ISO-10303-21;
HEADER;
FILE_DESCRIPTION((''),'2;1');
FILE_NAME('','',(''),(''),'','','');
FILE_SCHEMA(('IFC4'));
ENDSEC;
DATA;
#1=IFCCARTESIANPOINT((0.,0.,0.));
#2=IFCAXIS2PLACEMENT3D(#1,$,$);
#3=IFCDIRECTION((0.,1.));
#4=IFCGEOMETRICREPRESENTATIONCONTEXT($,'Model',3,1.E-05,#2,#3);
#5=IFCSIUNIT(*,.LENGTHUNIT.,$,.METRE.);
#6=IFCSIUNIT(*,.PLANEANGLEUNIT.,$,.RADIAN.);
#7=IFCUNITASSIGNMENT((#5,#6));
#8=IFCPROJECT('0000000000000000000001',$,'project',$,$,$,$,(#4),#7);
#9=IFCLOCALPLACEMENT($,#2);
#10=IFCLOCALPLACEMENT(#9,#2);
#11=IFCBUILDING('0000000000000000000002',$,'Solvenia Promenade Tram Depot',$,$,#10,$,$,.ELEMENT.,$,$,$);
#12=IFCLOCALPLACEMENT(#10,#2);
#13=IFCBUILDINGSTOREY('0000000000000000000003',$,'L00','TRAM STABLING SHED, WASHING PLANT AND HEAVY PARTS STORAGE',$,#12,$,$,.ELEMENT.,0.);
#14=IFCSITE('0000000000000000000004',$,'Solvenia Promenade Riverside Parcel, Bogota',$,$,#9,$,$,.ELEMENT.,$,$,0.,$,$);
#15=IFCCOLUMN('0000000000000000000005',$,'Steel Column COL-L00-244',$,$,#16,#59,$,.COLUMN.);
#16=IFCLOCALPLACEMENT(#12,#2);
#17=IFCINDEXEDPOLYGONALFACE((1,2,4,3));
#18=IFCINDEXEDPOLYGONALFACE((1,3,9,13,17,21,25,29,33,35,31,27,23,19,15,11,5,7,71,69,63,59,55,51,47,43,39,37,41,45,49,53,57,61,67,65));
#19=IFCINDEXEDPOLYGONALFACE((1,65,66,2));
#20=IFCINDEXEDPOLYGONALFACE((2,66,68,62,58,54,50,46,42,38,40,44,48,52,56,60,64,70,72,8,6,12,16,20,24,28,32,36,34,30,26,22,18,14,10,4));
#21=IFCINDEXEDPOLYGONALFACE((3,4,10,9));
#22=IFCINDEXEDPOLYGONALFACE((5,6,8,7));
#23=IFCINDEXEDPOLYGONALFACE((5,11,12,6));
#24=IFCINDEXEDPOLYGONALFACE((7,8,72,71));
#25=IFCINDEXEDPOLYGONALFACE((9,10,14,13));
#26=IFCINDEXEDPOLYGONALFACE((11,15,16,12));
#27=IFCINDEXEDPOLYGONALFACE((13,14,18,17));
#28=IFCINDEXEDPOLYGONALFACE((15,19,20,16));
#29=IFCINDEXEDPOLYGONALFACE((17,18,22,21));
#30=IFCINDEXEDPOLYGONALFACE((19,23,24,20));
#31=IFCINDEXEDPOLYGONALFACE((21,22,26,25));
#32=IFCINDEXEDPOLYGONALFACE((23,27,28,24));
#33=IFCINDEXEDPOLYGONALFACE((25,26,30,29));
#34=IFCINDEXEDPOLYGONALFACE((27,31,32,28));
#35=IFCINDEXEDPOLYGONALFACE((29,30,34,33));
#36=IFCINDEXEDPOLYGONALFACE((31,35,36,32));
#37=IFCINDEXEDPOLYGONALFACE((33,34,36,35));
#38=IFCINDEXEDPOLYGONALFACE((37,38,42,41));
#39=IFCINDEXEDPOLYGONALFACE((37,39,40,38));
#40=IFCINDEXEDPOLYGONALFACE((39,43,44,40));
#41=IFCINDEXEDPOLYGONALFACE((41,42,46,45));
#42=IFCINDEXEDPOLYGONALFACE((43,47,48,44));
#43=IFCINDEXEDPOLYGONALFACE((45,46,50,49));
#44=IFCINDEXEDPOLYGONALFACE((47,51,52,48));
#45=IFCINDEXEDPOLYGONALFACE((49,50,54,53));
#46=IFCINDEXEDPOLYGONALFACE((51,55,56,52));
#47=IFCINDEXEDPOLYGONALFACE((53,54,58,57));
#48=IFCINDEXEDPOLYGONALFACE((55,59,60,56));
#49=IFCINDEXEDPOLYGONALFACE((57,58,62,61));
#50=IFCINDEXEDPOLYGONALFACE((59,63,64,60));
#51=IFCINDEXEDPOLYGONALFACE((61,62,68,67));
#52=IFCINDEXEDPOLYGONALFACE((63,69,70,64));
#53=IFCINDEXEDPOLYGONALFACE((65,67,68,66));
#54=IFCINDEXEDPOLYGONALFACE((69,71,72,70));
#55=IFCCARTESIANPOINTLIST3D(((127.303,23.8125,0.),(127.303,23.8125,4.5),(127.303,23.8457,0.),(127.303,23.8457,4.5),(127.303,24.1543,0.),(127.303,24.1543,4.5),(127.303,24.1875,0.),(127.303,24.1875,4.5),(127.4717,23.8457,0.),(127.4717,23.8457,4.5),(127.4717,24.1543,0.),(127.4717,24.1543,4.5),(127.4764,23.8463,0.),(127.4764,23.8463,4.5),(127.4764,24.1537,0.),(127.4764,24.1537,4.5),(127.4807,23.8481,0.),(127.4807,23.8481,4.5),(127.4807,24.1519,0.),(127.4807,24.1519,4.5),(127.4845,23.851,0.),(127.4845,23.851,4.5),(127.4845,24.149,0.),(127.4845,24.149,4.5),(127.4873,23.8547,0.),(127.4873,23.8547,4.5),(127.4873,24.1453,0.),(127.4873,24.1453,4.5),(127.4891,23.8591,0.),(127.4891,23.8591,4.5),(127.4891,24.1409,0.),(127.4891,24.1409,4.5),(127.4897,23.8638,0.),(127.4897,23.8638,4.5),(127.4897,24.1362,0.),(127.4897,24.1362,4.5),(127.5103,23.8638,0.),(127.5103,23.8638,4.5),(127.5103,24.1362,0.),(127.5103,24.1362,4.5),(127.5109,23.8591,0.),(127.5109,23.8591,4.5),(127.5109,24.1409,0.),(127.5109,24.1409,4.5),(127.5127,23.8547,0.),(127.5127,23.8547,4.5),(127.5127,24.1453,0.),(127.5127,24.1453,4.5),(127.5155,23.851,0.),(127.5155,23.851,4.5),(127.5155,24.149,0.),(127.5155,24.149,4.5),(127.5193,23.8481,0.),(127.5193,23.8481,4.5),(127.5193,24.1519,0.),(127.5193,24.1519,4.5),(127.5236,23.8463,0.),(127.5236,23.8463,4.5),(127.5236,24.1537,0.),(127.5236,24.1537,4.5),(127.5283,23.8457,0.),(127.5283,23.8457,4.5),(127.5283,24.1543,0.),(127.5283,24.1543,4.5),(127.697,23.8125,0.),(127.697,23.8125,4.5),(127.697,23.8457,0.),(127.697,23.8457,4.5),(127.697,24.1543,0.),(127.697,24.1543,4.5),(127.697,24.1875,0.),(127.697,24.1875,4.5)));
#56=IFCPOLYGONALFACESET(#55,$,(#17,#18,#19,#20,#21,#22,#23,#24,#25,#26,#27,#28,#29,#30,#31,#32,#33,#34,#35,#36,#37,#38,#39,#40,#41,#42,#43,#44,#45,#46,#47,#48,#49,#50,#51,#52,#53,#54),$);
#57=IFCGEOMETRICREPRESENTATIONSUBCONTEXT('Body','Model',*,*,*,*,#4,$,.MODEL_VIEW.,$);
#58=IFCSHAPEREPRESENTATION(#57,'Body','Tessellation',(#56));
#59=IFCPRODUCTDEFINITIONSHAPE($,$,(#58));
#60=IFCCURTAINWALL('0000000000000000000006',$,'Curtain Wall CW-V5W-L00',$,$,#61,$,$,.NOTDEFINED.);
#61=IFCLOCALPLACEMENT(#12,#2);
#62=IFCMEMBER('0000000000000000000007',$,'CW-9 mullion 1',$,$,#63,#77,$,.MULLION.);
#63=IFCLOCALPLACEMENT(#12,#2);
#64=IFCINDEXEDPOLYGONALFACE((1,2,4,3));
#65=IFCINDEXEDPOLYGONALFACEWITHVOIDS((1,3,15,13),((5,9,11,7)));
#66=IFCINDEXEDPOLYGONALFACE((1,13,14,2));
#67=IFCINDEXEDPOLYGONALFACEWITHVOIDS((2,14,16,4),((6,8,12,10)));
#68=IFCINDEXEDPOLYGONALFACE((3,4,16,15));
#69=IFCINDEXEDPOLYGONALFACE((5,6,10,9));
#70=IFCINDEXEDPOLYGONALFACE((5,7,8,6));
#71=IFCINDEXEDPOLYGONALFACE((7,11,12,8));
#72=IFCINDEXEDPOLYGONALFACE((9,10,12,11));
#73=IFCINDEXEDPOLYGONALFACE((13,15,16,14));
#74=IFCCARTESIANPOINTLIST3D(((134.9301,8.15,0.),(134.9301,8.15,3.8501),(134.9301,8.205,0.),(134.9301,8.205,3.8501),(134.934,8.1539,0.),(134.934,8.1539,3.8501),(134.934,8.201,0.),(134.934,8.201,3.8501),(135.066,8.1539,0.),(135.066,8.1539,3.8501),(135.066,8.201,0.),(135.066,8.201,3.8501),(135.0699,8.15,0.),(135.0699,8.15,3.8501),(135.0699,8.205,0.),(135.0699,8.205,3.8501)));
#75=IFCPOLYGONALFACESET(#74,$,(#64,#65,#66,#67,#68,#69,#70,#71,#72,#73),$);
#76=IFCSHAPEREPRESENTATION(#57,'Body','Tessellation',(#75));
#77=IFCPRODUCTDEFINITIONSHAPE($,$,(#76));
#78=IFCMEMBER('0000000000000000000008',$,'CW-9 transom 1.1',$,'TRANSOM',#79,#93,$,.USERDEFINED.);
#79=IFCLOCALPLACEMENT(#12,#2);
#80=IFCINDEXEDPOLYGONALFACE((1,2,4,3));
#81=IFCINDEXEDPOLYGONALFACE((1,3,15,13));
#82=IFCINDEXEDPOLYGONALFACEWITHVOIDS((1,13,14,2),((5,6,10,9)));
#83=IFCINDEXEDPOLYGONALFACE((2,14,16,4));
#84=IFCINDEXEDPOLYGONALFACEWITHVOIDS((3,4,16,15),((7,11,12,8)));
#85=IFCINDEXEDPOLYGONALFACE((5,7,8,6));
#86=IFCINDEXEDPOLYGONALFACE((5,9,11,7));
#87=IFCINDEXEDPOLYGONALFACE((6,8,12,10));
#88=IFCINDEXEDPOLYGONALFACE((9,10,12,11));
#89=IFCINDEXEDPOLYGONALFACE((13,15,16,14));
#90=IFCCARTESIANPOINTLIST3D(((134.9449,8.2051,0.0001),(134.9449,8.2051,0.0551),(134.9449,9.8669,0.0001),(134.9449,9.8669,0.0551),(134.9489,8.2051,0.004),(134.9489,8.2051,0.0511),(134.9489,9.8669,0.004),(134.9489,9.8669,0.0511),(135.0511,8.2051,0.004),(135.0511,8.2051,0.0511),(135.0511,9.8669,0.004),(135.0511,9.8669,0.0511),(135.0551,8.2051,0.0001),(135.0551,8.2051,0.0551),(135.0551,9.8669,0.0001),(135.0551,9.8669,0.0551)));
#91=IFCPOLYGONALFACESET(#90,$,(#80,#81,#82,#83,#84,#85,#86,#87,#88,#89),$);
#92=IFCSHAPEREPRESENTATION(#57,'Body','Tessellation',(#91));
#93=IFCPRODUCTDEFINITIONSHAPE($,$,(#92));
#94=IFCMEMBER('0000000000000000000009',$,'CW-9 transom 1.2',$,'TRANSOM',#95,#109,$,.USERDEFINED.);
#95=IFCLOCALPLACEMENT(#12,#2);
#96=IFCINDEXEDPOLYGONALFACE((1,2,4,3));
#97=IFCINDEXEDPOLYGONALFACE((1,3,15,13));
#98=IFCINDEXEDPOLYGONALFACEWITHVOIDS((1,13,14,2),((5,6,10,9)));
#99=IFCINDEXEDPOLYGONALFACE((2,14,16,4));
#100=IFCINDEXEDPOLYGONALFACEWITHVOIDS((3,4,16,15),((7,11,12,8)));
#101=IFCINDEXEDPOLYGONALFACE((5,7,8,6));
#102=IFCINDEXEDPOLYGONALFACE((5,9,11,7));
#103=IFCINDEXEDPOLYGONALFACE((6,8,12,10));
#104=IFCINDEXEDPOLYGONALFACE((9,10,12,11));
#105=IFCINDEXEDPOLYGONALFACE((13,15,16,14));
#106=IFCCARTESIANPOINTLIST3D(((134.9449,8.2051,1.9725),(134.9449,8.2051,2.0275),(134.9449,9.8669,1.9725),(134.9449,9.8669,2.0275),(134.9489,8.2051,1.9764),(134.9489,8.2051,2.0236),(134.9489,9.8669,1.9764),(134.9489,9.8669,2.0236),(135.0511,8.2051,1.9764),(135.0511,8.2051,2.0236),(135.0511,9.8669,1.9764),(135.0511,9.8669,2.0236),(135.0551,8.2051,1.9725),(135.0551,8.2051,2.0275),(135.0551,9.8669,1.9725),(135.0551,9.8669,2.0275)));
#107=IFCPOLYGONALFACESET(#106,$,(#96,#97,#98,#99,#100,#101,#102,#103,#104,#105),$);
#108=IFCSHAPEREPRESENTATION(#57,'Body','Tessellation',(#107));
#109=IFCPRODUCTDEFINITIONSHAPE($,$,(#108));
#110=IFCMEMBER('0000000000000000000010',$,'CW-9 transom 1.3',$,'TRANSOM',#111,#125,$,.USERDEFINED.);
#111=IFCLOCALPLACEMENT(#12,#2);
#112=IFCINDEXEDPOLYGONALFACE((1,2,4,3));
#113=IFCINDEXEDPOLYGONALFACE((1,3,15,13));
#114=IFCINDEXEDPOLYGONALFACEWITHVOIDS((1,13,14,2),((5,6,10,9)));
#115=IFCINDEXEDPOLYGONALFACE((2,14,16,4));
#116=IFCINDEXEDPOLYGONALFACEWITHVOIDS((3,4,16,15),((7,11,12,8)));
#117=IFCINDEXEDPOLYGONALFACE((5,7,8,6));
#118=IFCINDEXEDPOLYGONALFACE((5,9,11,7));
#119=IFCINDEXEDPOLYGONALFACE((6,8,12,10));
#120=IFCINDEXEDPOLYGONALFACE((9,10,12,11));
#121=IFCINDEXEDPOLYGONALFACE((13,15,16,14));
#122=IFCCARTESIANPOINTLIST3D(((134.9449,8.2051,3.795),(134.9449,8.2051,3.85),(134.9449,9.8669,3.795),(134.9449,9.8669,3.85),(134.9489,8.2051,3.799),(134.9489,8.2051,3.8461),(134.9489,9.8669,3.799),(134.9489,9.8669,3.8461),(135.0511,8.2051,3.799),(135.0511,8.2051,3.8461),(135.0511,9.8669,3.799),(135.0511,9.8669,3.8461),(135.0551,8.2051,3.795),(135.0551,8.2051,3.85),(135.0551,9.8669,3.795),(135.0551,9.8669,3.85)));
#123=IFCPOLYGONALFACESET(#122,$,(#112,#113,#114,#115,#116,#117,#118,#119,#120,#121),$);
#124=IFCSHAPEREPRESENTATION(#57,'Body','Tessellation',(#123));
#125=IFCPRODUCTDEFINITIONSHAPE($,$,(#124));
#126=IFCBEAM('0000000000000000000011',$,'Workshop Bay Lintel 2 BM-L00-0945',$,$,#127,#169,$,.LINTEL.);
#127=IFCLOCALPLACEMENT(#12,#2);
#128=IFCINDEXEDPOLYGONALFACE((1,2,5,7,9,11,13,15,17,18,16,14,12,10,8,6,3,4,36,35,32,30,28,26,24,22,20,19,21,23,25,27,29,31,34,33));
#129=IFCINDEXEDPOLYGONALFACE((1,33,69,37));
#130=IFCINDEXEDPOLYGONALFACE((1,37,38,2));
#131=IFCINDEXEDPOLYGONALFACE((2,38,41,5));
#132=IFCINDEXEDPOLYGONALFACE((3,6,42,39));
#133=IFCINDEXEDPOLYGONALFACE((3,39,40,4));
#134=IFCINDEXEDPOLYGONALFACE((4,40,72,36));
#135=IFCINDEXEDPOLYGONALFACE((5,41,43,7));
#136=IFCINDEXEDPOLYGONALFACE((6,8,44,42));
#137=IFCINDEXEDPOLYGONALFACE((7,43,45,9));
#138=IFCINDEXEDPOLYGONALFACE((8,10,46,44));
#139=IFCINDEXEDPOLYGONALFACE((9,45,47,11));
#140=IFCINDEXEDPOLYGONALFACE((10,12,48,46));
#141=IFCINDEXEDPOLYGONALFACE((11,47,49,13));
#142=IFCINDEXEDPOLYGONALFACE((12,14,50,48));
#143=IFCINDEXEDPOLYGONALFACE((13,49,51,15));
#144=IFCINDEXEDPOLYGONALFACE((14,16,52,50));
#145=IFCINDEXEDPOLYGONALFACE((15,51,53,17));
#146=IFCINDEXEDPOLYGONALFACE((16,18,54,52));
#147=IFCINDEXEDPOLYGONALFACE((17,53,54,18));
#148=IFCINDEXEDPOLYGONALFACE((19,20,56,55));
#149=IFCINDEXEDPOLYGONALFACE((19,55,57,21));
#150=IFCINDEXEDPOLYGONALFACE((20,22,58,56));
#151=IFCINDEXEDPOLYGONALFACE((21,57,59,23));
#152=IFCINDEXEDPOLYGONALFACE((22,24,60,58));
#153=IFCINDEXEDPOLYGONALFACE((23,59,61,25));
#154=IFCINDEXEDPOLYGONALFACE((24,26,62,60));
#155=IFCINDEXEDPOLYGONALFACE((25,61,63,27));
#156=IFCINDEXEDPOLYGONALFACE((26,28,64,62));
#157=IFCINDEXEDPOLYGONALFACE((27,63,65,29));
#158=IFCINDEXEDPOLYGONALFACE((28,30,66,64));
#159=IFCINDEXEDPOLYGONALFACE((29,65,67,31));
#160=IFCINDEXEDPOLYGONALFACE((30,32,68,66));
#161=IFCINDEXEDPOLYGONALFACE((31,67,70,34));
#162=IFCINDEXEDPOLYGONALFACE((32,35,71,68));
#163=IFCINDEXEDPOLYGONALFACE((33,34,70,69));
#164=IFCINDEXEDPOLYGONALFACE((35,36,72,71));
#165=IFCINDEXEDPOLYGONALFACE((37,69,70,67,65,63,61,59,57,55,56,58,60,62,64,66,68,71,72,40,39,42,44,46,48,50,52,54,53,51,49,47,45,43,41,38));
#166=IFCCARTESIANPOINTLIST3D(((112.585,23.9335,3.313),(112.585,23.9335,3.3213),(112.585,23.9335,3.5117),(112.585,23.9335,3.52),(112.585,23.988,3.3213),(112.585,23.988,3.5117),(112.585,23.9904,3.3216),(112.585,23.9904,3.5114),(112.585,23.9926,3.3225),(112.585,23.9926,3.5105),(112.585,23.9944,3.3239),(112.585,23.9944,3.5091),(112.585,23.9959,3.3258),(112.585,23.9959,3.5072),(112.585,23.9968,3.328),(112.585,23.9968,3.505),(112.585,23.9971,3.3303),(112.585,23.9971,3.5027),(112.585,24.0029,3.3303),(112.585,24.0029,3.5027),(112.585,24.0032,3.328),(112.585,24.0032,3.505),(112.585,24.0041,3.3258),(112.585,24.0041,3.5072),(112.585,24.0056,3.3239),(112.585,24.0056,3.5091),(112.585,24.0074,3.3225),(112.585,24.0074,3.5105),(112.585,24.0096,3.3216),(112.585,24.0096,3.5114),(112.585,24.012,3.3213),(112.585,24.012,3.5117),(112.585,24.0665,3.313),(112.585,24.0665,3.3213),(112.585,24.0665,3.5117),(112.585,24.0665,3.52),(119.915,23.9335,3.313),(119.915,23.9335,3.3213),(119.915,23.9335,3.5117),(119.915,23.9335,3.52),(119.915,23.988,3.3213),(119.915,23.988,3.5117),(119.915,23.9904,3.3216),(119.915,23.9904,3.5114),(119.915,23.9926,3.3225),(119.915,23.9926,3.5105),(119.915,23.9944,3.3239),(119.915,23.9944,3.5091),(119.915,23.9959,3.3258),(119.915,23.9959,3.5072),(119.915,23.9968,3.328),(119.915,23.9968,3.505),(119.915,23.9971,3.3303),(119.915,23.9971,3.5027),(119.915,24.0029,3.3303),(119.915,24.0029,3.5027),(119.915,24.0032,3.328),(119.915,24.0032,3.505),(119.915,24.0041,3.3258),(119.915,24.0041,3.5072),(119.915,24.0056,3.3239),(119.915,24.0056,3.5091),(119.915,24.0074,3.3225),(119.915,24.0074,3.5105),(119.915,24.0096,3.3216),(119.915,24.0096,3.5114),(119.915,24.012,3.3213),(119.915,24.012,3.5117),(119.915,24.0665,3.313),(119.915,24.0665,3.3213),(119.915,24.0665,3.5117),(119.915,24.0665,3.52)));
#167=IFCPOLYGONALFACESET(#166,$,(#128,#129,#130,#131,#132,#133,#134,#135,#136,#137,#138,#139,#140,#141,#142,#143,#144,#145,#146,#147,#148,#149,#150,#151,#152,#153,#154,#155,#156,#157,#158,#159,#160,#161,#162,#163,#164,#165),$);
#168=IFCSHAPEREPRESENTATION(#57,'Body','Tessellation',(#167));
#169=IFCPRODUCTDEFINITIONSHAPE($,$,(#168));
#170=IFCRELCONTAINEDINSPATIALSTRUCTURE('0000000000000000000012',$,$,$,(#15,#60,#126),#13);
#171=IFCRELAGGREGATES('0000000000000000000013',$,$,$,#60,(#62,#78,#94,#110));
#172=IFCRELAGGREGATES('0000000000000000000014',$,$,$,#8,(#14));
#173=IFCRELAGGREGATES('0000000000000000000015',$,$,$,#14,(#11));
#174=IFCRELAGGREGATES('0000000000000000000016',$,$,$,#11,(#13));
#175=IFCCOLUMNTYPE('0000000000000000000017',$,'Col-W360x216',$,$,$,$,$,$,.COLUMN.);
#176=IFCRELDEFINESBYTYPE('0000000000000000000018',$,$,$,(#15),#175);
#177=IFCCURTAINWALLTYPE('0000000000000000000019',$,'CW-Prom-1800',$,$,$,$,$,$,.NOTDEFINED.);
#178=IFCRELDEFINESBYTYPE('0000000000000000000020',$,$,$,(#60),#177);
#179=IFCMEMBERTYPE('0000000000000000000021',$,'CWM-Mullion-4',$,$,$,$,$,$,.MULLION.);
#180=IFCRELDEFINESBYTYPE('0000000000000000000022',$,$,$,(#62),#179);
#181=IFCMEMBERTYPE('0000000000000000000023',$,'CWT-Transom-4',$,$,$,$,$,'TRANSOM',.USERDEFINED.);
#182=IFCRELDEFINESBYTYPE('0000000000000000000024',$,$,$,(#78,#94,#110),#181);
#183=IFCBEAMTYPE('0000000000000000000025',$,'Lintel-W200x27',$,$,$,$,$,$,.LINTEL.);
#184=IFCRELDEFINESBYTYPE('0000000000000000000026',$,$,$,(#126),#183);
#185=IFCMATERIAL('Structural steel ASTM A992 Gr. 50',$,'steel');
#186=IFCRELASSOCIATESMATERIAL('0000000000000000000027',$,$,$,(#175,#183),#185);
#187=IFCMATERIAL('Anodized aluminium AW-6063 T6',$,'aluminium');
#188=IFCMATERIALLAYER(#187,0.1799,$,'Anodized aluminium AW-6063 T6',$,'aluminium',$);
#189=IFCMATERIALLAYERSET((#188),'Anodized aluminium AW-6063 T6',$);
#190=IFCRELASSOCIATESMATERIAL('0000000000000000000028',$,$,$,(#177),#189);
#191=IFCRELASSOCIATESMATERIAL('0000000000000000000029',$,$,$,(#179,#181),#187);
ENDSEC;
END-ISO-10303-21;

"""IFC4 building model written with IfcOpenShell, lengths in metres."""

from ifc_helpers import new_model, si_unit, direction, frame, origin, origin_2d, place, context, subcontext, project, spatial, hollow_rectangle, i_section, extrude, material, layer, layer_set, material_profile, profile_set, type_object, element, aggregate, save


model = new_model("IFC4")

# Units and contexts
model_context = context("Model", 3, precision=1e-05, world=origin(), true_north=direction((0.0, 1.0)))
body_context = subcontext(model_context, "Body", "Model", "MODEL_VIEW")
ifc_project = project(units=[si_unit("LENGTHUNIT", "METRE"), si_unit("PLANEANGLEUNIT", "RADIAN")], contexts=[model_context])

# Site, building, storey
site_placement = place(None, origin())
site = spatial("IfcSite", under=ifc_project, at=site_placement, Name="Solvenia Promenade Riverside Parcel, Bogota", CompositionType="ELEMENT", RefElevation=0.0)
building_placement = place(site_placement, origin())
building = spatial("IfcBuilding", under=site, at=building_placement, Name="Solvenia Promenade Tram Depot", CompositionType="ELEMENT")
storey_placement = place(building_placement, origin())
storey = spatial("IfcBuildingStorey", under=building, at=storey_placement, Name="L00", Description="TRAM STABLING SHED, WASHING PLANT AND HEAVY PARTS STORAGE", CompositionType="ELEMENT", Elevation=0.0)

# Column
ifc_material_1 = material(Name="Structural steel ASTM A992 Gr. 50", Category="steel")
ifc_material_profile_1 = material_profile(ifc_material_1, i_section(OverallWidth=0.394, OverallDepth=0.375, WebThickness=0.0205, FlangeThickness=0.0332, FilletRadius=0.0181, at=origin_2d()), Name="W360x216", Category="steel")
ifc_profile_set_1 = profile_set([ifc_material_profile_1], Name="Structural steel ASTM A992 Gr. 50")
column_type_1 = type_object("IfcColumnType", Name="Col-W360x216", PredefinedType="COLUMN", material=ifc_profile_set_1)
for number, where, z_axis, x_axis, name in (
    (1, (127.5, 24.0, 0.0), (0.0, 0.0, 1.0), (1.0, 0.0, 0.0), "Steel Column COL-L00-244"),
):
    element("IfcColumn", number, at=place(storey_placement, frame(where, z_axis=z_axis, x_axis=x_axis)), inside=storey, type_object=column_type_1, Name=name, PredefinedType="COLUMN", context=body_context, shape_type="SweptSolid", body=[
        extrude(i_section(OverallWidth=0.394, OverallDepth=0.375, WebThickness=0.0205, FlangeThickness=0.0332, FilletRadius=0.0181, at=origin_2d()), origin(), (0.0, 0.0, 1.0), 4.5),
    ])

# Curtain wall, members
ifc_material_2 = material(Name="Anodized aluminium AW-6063 T6", Category="aluminium")
ifc_layer_1 = layer(ifc_material_2, 0.1799, Name="Anodized aluminium AW-6063 T6", Category="aluminium")
ifc_layer_set_1 = layer_set([ifc_layer_1], Name="Anodized aluminium AW-6063 T6")
curtain_wall_type = type_object("IfcCurtainWallType", Name="CW-Prom-1800", PredefinedType="NOTDEFINED", material=ifc_layer_set_1)
curtain_wall_placement = place(storey_placement, origin())
curtain_wall = element("IfcCurtainWall", 2, at=curtain_wall_placement, inside=storey, type_object=curtain_wall_type, Name="Curtain Wall CW-V5W-L00", PredefinedType="NOTDEFINED")
ifc_material_profile_2 = material_profile(ifc_material_2, hollow_rectangle(XDim=0.1399, YDim=0.0549, WallThickness=0.0039, at=origin_2d()), Name="ALU-M4", Category="aluminium")
ifc_profile_set_2 = profile_set([ifc_material_profile_2], Name="Anodized aluminium AW-6063 T6")
member_type_1 = type_object("IfcMemberType", Name="CWM-Mullion-4", PredefinedType="MULLION", material=ifc_profile_set_2)
member_1_placement = place(storey_placement, frame((135.0, 8.1775, 0.0), z_axis=(0.0, 0.0, 1.0), x_axis=(-1.0, 0.0, 0.0)))
member_1 = element("IfcMember", 3, at=member_1_placement, type_object=member_type_1, Name="CW-9 mullion 1", PredefinedType="MULLION", context=body_context, shape_type="SweptSolid", body=[
    extrude(hollow_rectangle(XDim=0.1399, YDim=0.0549, WallThickness=0.0039, at=origin_2d()), origin(), (0.0, 0.0, 1.0), 3.8501),
])
ifc_material_profile_3 = material_profile(ifc_material_2, hollow_rectangle(XDim=0.1101, YDim=0.0549, WallThickness=0.0039, at=origin_2d()), Name="ALU-T4", Category="aluminium")
ifc_profile_set_3 = profile_set([ifc_material_profile_3], Name="Anodized aluminium AW-6063 T6")
member_type_2 = type_object("IfcMemberType", Name="CWT-Transom-4", ElementType="TRANSOM", PredefinedType="USERDEFINED", material=ifc_profile_set_3)
member_2_placement = place(storey_placement, frame((135.0, 8.2051, 0.0276), z_axis=(0.0, 1.0, 0.0), x_axis=(-1.0, 0.0, 0.0)))
member_2 = element("IfcMember", 4, at=member_2_placement, type_object=member_type_2, Name="CW-9 transom 1.1", ObjectType="TRANSOM", PredefinedType="USERDEFINED", context=body_context, shape_type="SweptSolid", body=[
    extrude(hollow_rectangle(XDim=0.1101, YDim=0.0549, WallThickness=0.0039, at=origin_2d()), origin(), (0.0, 0.0, 1.0), 1.6619),
])
member_3_placement = place(storey_placement, frame((135.0, 8.2051, 2.0), z_axis=(0.0, 1.0, 0.0), x_axis=(-1.0, 0.0, 0.0)))
member_3 = element("IfcMember", 5, at=member_3_placement, type_object=member_type_2, Name="CW-9 transom 1.2", ObjectType="TRANSOM", PredefinedType="USERDEFINED", context=body_context, shape_type="SweptSolid", body=[
    extrude(hollow_rectangle(XDim=0.1101, YDim=0.0549, WallThickness=0.0039, at=origin_2d()), origin(), (0.0, 0.0, 1.0), 1.6619),
])
member_4_placement = place(storey_placement, frame((135.0, 8.2051, 3.8225), z_axis=(0.0, 1.0, 0.0), x_axis=(-1.0, 0.0, 0.0)))
member_4 = element("IfcMember", 6, at=member_4_placement, type_object=member_type_2, Name="CW-9 transom 1.3", ObjectType="TRANSOM", PredefinedType="USERDEFINED", context=body_context, shape_type="SweptSolid", body=[
    extrude(hollow_rectangle(XDim=0.1101, YDim=0.0549, WallThickness=0.0039, at=origin_2d()), origin(), (0.0, 0.0, 1.0), 1.6619),
])
aggregate(curtain_wall, [member_1, member_2, member_3, member_4])

# Beam
ifc_material_profile_4 = material_profile(ifc_material_1, i_section(OverallWidth=0.1331, OverallDepth=0.207, WebThickness=0.0059, FlangeThickness=0.0083, FilletRadius=0.009, at=origin_2d()), Name="W200x27", Category="steel")
ifc_profile_set_4 = profile_set([ifc_material_profile_4], Name="Structural steel ASTM A992 Gr. 50")
beam_type = type_object("IfcBeamType", Name="Lintel-W200x27", PredefinedType="LINTEL", material=ifc_profile_set_4)
for number, where, z_axis, x_axis, name in (
    (7, (112.585, 24.0, 3.4165), (1.0, 0.0, 0.0), (0.0, 1.0, 0.0), "Workshop Bay Lintel 2 BM-L00-0945"),
):
    element("IfcBeam", number, at=place(storey_placement, frame(where, z_axis=z_axis, x_axis=x_axis)), inside=storey, type_object=beam_type, Name=name, PredefinedType="LINTEL", context=body_context, shape_type="SweptSolid", body=[
        extrude(i_section(OverallWidth=0.1331, OverallDepth=0.207, WebThickness=0.0059, FlangeThickness=0.0083, FilletRadius=0.009, at=origin_2d()), origin(), (0.0, 0.0, 1.0), 7.3301),
    ])

save(model, "model.ifc")
